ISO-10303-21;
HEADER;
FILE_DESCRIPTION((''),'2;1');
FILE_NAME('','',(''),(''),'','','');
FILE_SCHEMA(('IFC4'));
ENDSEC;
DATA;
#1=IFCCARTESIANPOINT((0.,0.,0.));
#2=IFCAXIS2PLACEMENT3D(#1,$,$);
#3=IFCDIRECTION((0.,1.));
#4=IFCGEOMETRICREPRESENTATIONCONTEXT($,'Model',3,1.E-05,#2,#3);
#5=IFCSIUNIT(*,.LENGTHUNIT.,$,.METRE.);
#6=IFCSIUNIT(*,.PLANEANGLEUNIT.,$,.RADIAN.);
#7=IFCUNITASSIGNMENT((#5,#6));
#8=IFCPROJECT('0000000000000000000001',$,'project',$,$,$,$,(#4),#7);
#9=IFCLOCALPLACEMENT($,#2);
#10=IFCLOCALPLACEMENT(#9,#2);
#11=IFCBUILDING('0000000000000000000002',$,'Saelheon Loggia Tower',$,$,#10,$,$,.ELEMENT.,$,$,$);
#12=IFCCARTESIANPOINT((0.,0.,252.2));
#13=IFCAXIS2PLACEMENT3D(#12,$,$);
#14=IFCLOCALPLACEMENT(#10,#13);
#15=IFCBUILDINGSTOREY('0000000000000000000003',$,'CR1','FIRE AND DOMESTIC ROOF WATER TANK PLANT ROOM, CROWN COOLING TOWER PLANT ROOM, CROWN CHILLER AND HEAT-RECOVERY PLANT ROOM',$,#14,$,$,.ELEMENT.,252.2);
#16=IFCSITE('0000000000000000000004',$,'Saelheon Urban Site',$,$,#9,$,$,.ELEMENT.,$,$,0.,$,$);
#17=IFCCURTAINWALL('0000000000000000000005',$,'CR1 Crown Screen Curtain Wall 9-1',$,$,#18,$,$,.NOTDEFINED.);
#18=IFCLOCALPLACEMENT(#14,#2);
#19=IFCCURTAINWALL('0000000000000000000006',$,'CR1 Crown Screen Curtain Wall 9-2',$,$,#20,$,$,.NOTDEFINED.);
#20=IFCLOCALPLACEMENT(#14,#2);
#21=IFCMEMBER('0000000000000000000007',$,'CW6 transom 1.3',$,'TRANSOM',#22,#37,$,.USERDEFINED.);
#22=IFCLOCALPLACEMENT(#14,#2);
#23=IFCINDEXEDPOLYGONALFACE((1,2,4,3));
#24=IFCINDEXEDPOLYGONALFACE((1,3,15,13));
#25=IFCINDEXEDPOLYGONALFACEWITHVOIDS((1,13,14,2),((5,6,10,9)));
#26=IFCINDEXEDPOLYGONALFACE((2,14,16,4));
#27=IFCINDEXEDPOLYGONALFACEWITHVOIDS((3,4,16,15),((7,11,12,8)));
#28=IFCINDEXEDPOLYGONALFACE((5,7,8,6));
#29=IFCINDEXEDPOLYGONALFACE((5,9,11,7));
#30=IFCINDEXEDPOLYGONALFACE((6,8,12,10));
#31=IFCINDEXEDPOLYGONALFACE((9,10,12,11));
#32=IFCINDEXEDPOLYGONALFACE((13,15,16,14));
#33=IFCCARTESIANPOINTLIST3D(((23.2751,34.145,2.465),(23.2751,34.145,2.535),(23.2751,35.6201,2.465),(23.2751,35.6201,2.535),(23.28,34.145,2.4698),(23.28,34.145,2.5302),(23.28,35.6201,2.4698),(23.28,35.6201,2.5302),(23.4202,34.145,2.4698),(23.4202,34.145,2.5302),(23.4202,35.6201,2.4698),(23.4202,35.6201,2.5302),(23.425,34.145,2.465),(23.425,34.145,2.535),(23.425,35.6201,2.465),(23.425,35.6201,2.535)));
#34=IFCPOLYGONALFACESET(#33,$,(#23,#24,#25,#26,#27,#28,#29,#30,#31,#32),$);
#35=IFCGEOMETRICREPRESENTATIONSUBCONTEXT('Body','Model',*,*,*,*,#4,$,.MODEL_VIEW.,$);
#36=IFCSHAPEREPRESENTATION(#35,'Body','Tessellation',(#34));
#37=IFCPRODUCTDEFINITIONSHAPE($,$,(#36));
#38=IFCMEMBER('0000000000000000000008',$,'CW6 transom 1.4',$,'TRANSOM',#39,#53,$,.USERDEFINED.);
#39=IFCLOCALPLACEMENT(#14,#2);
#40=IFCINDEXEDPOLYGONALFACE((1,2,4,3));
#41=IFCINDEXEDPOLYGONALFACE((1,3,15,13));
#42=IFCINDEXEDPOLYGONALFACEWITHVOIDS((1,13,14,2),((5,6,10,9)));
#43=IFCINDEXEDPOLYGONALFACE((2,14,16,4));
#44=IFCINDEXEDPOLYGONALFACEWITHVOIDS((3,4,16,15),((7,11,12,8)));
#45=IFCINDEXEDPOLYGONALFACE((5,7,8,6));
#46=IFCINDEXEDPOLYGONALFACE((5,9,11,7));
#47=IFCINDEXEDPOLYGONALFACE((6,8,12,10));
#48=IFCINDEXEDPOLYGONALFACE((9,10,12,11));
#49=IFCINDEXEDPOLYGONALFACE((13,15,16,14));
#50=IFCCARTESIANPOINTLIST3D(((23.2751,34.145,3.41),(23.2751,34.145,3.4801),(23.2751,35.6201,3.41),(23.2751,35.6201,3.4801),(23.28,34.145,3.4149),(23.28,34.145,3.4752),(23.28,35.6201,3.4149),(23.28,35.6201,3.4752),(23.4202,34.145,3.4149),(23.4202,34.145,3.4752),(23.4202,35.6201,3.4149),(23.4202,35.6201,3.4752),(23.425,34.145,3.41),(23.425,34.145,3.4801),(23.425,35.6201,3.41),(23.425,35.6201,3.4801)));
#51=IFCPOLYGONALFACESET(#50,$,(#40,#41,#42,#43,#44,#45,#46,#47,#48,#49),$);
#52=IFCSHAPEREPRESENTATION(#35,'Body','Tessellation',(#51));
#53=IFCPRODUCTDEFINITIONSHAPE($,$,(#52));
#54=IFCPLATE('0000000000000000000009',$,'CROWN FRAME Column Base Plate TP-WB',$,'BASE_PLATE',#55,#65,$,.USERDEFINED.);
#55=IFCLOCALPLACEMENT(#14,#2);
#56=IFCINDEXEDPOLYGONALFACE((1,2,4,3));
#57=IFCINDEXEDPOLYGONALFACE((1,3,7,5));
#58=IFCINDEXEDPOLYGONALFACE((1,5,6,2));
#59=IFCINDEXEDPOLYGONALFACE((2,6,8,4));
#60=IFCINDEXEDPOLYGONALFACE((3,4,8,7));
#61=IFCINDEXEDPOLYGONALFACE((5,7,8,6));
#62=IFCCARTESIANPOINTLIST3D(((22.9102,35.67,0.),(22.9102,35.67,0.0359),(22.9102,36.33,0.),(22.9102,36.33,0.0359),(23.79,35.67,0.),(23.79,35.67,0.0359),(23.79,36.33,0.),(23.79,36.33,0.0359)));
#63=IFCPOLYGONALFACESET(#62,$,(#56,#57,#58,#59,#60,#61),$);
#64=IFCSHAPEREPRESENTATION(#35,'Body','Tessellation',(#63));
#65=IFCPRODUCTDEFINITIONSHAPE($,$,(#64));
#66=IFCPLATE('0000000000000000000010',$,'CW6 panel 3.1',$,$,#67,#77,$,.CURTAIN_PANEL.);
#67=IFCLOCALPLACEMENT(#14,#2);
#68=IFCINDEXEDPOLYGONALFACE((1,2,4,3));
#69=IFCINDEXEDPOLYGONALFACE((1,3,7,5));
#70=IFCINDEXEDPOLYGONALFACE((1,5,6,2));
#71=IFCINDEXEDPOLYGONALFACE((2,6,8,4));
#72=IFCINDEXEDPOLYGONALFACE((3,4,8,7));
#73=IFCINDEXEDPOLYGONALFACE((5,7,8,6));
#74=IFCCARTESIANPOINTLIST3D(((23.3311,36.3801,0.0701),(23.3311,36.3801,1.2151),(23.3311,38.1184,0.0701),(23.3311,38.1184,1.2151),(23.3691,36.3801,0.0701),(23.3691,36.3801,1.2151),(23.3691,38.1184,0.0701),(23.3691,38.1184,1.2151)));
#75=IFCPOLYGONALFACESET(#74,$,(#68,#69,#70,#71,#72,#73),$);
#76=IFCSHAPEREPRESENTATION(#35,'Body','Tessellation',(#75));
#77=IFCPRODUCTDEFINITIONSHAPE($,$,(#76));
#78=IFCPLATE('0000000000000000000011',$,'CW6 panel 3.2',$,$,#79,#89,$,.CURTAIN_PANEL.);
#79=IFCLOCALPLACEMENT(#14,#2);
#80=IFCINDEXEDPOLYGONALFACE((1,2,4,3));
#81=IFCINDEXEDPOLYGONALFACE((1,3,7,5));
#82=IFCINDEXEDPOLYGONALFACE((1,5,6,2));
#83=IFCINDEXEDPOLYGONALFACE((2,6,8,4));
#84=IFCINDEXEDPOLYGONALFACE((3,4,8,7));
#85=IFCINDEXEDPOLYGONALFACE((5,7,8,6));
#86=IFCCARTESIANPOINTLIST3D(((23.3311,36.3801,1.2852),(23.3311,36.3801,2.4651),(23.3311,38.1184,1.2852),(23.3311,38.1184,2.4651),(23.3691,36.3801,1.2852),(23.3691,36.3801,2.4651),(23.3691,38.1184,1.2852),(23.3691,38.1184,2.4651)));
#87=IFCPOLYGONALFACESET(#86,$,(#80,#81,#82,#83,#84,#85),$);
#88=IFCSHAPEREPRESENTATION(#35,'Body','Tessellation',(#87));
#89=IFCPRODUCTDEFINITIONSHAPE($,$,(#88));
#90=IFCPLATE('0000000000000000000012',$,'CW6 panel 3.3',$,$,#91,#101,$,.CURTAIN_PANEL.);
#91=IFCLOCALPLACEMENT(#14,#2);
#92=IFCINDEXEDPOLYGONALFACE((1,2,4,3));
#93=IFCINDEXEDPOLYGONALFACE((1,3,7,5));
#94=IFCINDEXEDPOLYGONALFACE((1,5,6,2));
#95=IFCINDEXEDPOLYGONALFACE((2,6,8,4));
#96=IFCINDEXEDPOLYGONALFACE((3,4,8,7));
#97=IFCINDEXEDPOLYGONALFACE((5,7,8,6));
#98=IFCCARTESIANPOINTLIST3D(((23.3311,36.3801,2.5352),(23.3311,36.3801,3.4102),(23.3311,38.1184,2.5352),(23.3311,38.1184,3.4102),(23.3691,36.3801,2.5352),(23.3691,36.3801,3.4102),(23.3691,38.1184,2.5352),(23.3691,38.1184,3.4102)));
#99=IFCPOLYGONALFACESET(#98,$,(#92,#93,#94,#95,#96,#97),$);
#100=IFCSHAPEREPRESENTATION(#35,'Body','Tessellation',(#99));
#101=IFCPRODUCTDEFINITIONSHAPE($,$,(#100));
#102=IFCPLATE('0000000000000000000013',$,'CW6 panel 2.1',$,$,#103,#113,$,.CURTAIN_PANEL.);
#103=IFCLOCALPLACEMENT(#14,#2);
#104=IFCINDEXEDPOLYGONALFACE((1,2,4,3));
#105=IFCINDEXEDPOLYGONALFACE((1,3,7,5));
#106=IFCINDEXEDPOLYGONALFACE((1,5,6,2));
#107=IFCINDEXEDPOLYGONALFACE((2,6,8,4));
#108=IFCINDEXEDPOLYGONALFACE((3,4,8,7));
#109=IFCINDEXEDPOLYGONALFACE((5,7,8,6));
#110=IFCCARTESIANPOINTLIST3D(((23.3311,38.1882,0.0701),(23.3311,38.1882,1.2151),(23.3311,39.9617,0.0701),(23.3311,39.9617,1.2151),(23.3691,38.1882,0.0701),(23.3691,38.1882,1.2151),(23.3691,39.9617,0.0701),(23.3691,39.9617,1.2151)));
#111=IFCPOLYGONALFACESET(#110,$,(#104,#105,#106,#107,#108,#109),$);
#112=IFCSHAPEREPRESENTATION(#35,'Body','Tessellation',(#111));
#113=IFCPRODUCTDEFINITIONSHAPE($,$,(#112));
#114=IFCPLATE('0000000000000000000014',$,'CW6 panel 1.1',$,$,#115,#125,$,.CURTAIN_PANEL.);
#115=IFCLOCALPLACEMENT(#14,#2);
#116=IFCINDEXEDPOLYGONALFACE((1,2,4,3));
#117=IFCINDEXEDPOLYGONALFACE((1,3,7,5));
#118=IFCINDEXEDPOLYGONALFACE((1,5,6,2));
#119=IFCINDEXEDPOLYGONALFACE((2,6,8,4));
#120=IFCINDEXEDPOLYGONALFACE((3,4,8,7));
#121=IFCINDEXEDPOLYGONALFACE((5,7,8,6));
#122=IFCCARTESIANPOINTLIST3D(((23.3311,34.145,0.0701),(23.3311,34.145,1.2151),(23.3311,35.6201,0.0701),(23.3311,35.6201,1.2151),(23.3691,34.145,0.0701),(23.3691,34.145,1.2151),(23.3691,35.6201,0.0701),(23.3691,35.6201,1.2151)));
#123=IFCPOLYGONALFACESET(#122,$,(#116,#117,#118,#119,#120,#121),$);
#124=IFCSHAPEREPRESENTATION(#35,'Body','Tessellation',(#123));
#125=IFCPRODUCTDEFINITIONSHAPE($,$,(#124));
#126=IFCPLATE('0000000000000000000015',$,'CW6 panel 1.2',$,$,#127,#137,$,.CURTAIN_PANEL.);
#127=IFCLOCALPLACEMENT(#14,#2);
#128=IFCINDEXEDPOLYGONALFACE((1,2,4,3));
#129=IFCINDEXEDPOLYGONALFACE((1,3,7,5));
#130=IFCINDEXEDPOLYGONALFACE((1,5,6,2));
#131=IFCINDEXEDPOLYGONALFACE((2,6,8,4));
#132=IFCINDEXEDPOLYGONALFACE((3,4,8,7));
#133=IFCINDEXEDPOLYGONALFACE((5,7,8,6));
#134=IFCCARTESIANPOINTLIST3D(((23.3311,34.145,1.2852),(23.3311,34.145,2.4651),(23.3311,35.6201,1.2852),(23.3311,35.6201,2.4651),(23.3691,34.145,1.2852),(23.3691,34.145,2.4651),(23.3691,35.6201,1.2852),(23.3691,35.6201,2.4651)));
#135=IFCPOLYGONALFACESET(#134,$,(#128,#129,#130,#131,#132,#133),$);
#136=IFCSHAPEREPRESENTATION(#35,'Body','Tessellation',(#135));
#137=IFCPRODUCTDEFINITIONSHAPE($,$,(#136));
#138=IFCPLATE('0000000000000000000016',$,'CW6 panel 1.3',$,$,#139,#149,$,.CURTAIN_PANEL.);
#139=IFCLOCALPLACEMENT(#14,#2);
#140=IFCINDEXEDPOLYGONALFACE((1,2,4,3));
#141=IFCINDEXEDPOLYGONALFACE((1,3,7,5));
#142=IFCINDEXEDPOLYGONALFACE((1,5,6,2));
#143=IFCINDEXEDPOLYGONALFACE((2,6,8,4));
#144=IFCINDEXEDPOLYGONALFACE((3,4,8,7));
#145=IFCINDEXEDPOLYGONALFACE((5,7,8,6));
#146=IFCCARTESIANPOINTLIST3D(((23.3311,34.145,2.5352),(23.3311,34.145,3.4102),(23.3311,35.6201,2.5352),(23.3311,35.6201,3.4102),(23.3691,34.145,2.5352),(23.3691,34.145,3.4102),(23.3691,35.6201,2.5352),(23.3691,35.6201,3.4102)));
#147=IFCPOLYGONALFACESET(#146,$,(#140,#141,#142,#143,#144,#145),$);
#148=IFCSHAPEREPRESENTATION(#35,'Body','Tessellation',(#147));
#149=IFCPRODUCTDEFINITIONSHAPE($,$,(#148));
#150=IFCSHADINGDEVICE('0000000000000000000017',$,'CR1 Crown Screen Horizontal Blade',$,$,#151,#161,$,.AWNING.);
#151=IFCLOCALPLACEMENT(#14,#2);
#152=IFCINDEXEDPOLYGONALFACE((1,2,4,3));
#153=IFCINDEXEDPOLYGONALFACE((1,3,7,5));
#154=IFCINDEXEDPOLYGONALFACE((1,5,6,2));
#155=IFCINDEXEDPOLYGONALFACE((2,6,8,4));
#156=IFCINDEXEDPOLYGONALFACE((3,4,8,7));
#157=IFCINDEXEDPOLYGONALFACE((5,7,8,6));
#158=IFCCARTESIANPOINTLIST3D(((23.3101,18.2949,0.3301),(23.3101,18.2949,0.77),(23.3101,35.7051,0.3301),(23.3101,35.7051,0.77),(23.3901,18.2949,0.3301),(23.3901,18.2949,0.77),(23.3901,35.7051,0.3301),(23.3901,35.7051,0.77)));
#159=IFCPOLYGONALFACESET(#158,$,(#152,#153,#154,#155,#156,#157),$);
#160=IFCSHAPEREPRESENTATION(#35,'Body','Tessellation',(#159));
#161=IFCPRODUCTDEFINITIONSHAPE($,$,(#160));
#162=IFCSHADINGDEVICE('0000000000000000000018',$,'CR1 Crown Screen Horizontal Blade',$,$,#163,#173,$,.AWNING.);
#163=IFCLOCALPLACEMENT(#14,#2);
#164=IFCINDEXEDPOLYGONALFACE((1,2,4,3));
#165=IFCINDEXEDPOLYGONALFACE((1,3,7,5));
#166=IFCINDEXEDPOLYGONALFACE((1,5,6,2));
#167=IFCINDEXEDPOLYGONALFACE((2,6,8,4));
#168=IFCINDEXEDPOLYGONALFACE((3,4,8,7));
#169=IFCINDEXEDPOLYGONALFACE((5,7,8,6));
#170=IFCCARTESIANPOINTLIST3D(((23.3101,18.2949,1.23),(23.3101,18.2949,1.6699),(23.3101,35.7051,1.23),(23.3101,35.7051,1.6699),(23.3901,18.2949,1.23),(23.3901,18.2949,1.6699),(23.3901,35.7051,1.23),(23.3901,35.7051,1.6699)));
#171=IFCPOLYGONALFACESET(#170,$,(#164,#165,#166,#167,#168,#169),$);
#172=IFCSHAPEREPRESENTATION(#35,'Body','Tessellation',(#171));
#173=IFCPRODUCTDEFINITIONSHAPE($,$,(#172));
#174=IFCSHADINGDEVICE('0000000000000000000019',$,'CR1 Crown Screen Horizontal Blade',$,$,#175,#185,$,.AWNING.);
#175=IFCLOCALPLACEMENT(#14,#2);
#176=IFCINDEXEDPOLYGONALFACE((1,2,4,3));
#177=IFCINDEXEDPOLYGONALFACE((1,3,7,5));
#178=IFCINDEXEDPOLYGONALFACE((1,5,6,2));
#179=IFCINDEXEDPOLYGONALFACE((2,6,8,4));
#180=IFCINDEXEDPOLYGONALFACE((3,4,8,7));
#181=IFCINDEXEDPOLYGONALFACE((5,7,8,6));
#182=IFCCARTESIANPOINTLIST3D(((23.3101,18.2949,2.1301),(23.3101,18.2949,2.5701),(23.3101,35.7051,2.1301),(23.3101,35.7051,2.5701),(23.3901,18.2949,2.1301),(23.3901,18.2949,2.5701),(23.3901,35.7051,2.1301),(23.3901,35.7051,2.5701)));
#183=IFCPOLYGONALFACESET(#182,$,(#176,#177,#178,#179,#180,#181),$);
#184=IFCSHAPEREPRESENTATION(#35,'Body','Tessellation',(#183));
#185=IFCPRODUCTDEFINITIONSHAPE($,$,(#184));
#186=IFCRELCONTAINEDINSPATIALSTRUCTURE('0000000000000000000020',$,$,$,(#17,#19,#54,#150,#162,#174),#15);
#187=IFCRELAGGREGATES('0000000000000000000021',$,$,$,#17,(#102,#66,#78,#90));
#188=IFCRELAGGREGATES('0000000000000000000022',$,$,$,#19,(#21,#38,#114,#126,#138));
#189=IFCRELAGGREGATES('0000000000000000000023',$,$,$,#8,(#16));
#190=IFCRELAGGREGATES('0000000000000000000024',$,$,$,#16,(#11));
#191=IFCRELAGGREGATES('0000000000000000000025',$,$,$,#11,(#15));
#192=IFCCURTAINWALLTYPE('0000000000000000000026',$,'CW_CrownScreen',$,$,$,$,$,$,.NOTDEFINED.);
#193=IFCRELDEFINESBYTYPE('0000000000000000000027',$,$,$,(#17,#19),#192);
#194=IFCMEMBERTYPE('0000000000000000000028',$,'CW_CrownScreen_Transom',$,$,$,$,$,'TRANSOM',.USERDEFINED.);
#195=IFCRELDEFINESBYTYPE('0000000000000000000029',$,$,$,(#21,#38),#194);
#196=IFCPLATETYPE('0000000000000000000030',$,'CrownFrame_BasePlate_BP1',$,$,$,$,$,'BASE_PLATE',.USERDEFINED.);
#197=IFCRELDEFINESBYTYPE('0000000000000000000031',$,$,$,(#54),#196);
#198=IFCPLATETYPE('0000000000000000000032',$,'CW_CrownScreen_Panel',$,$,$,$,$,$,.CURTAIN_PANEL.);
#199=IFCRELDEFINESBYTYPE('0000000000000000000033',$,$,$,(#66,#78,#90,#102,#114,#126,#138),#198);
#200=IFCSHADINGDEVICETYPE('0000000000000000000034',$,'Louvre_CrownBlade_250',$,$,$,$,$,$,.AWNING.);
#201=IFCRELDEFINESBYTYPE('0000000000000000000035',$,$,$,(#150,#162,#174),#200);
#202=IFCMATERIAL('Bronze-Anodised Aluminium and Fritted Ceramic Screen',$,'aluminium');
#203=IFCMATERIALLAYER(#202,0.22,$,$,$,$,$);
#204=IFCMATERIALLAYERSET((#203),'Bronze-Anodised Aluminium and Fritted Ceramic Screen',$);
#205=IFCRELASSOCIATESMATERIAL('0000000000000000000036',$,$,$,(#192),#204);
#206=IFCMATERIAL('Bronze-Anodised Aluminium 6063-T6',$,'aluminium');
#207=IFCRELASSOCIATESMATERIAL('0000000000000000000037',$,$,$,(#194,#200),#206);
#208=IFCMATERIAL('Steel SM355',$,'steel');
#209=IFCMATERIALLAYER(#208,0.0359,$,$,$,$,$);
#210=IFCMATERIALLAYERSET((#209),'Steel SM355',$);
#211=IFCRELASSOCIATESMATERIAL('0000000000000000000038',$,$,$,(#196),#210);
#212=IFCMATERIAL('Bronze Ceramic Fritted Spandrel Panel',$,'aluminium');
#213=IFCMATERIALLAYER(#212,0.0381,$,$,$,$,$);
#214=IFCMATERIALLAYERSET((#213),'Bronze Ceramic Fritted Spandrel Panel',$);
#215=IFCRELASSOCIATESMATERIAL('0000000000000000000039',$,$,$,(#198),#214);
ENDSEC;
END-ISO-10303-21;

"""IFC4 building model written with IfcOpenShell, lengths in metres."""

from ifc_helpers import new_model, si_unit, direction, frame, origin, origin_2d, place, context, subcontext, project, spatial, rectangle, hollow_rectangle, extrude, source, transform, mapped, material, layer, layer_set, material_profile, profile_set, type_object, element, aggregate, save


model = new_model("IFC4")

# Units and contexts
model_context = context("Model", 3, precision=1e-05, world=origin(), true_north=direction((0.0, 1.0)))
body_context = subcontext(model_context, "Body", "Model", "MODEL_VIEW")
ifc_project = project(units=[si_unit("LENGTHUNIT", "METRE"), si_unit("PLANEANGLEUNIT", "RADIAN")], contexts=[model_context])

# Site, building, storey
site_placement = place(None, origin())
site = spatial("IfcSite", under=ifc_project, at=site_placement, Name="Saelheon Urban Site", CompositionType="ELEMENT", RefElevation=0.0)
building_placement = place(site_placement, origin())
building = spatial("IfcBuilding", under=site, at=building_placement, Name="Saelheon Loggia Tower", CompositionType="ELEMENT")
storey_placement = place(building_placement, frame((0.0, 0.0, 252.2)))
storey = spatial("IfcBuildingStorey", under=building, at=storey_placement, Name="CR1", Description="FIRE AND DOMESTIC ROOF WATER TANK PLANT ROOM, CROWN COOLING TOWER PLANT ROOM, CROWN CHILLER AND HEAT-RECOVERY PLANT ROOM", CompositionType="ELEMENT", Elevation=252.2)

# Curtain walls
ifc_material_1 = material(Name="Bronze-Anodised Aluminium and Fritted Ceramic Screen", Category="aluminium")
ifc_layer_1 = layer(ifc_material_1, 0.22)
ifc_layer_set_1 = layer_set([ifc_layer_1], Name="Bronze-Anodised Aluminium and Fritted Ceramic Screen")
curtain_wall_type = type_object("IfcCurtainWallType", Name="CW_CrownScreen", PredefinedType="NOTDEFINED", material=ifc_layer_set_1)
curtain_wall_1_placement = place(storey_placement, origin())
curtain_wall_1 = element("IfcCurtainWall", 1, at=curtain_wall_1_placement, inside=storey, type_object=curtain_wall_type, Name="CR1 Crown Screen Curtain Wall 9-1", PredefinedType="NOTDEFINED")
ifc_material_2 = material(Name="Bronze-Anodised Aluminium 6063-T6", Category="aluminium")
curtain_wall_2_placement = place(storey_placement, origin())
curtain_wall_2 = element("IfcCurtainWall", 2, at=curtain_wall_2_placement, inside=storey, type_object=curtain_wall_type, Name="CR1 Crown Screen Curtain Wall 9-2", PredefinedType="NOTDEFINED")

# Members
ifc_material_profile_1 = material_profile(ifc_material_2, hollow_rectangle(XDim=0.0701, YDim=0.1499, WallThickness=0.0049, at=origin_2d()), Name="RHS-150x70x5")
ifc_profile_set_1 = profile_set([ifc_material_profile_1], Name="Bronze-Anodised Aluminium 6063-T6")
member_type_1 = type_object("IfcMemberType", Name="CW_CrownScreen_Transom", ElementType="TRANSOM", PredefinedType="USERDEFINED", material=ifc_profile_set_1)
shared_shape_1 = source(origin(), body_context, "Body", "SweptSolid", [
    extrude(hollow_rectangle(XDim=0.0701, YDim=0.1499, WallThickness=0.0049, at=origin_2d()), origin(), (0.0, 0.0, 1.0), 1.4751),
])
member_1_placement = place(storey_placement, frame((23.3501, 35.6201, 2.5), z_axis=(0.0, -1.0, 0.0), x_axis=(0.0, 0.0, 1.0)))
member_1 = element("IfcMember", 3, at=member_1_placement, type_object=member_type_1, Name="CW6 transom 1.3", ObjectType="TRANSOM", PredefinedType="USERDEFINED", context=body_context, shape_type="MappedRepresentation", body=[
    mapped(shared_shape_1, transform((0.0, 0.0, 0.0), scale=1.0)),
])
member_2_placement = place(storey_placement, frame((23.3501, 35.6201, 3.4451), z_axis=(0.0, -1.0, 0.0), x_axis=(0.0, 0.0, 1.0)))
member_2 = element("IfcMember", 4, at=member_2_placement, type_object=member_type_1, Name="CW6 transom 1.4", ObjectType="TRANSOM", PredefinedType="USERDEFINED", context=body_context, shape_type="MappedRepresentation", body=[
    mapped(shared_shape_1, transform((0.0, 0.0, 0.0), scale=1.0)),
])

# Plates
ifc_material_3 = material(Name="Steel SM355", Category="steel")
ifc_layer_2 = layer(ifc_material_3, 0.0359)
ifc_layer_set_2 = layer_set([ifc_layer_2], Name="Steel SM355")
plate_type_1 = type_object("IfcPlateType", Name="CrownFrame_BasePlate_BP1", ElementType="BASE_PLATE", PredefinedType="USERDEFINED", material=ifc_layer_set_2)
shared_shape_2 = source(origin(), body_context, "Body", "SweptSolid", [
    extrude(rectangle(XDim=0.8799, YDim=0.6599, at=origin_2d()), origin(), (0.0, 0.0, 1.0), 0.0359),
])
plate_1_placement = place(storey_placement, frame((23.3501, 36.0, 0.0), z_axis=(0.0, 0.0, 1.0), x_axis=(1.0, 0.0, 0.0)))
element("IfcPlate", 5, at=plate_1_placement, inside=storey, type_object=plate_type_1, Name="CROWN FRAME Column Base Plate TP-WB", ObjectType="BASE_PLATE", PredefinedType="USERDEFINED", context=body_context, shape_type="MappedRepresentation", body=[
    mapped(shared_shape_2, transform((0.0, 0.0, 0.0), scale=1.0)),
])
ifc_material_4 = material(Name="Bronze Ceramic Fritted Spandrel Panel", Category="aluminium")
ifc_layer_3 = layer(ifc_material_4, 0.0381)
ifc_layer_set_3 = layer_set([ifc_layer_3], Name="Bronze Ceramic Fritted Spandrel Panel")
plate_type_2 = type_object("IfcPlateType", Name="CW_CrownScreen_Panel", PredefinedType="CURTAIN_PANEL", material=ifc_layer_set_3)
shared_shape_3 = source(origin(), body_context, "Body", "SweptSolid", [
    extrude(rectangle(XDim=1.7383, YDim=0.0381, at=origin_2d()), origin(), (0.0, 0.0, 1.0), 1.145),
])
plate_2_placement = place(storey_placement, frame((23.3501, 37.2493, 0.0701), z_axis=(0.0, 0.0, 1.0), x_axis=(0.0, -1.0, 0.0)))
plate_2 = element("IfcPlate", 6, at=plate_2_placement, type_object=plate_type_2, Name="CW6 panel 3.1", PredefinedType="CURTAIN_PANEL", context=body_context, shape_type="MappedRepresentation", body=[
    mapped(shared_shape_3, transform((0.0, 0.0, 0.0), scale=1.0)),
])
shared_shape_4 = source(origin(), body_context, "Body", "SweptSolid", [
    extrude(rectangle(XDim=1.7383, YDim=0.0381, at=origin_2d()), origin(), (0.0, 0.0, 1.0), 1.1799),
])
plate_3_placement = place(storey_placement, frame((23.3501, 37.2493, 1.2852), z_axis=(0.0, 0.0, 1.0), x_axis=(0.0, -1.0, 0.0)))
plate_3 = element("IfcPlate", 7, at=plate_3_placement, type_object=plate_type_2, Name="CW6 panel 3.2", PredefinedType="CURTAIN_PANEL", context=body_context, shape_type="MappedRepresentation", body=[
    mapped(shared_shape_4, transform((0.0, 0.0, 0.0), scale=1.0)),
])
shared_shape_5 = source(origin(), body_context, "Body", "SweptSolid", [
    extrude(rectangle(XDim=1.7383, YDim=0.0381, at=origin_2d()), origin(), (0.0, 0.0, 1.0), 0.875),
])
plate_4_placement = place(storey_placement, frame((23.3501, 37.2493, 2.5352), z_axis=(0.0, 0.0, 1.0), x_axis=(0.0, -1.0, 0.0)))
plate_4 = element("IfcPlate", 8, at=plate_4_placement, type_object=plate_type_2, Name="CW6 panel 3.3", PredefinedType="CURTAIN_PANEL", context=body_context, shape_type="MappedRepresentation", body=[
    mapped(shared_shape_5, transform((0.0, 0.0, 0.0), scale=1.0)),
])
shared_shape_6 = source(origin(), body_context, "Body", "SweptSolid", [
    extrude(rectangle(XDim=1.7734, YDim=0.0381, at=origin_2d()), origin(), (0.0, 0.0, 1.0), 1.145),
])
plate_5_placement = place(storey_placement, frame((23.3501, 39.075, 0.0701), z_axis=(0.0, 0.0, 1.0), x_axis=(0.0, -1.0, 0.0)))
plate_5 = element("IfcPlate", 9, at=plate_5_placement, type_object=plate_type_2, Name="CW6 panel 2.1", PredefinedType="CURTAIN_PANEL", context=body_context, shape_type="MappedRepresentation", body=[
    mapped(shared_shape_6, transform((0.0, 0.0, 0.0), scale=1.0)),
])
aggregate(curtain_wall_1, [plate_5, plate_2, plate_3, plate_4])
shared_shape_7 = source(origin(), body_context, "Body", "SweptSolid", [
    extrude(rectangle(XDim=1.4751, YDim=0.0381, at=origin_2d()), origin(), (0.0, 0.0, 1.0), 1.145),
])
plate_6_placement = place(storey_placement, frame((23.3501, 34.8826, 0.0701), z_axis=(0.0, 0.0, 1.0), x_axis=(0.0, -1.0, 0.0)))
plate_6 = element("IfcPlate", 10, at=plate_6_placement, type_object=plate_type_2, Name="CW6 panel 1.1", PredefinedType="CURTAIN_PANEL", context=body_context, shape_type="MappedRepresentation", body=[
    mapped(shared_shape_7, transform((0.0, 0.0, 0.0), scale=1.0)),
])
shared_shape_8 = source(origin(), body_context, "Body", "SweptSolid", [
    extrude(rectangle(XDim=1.4751, YDim=0.0381, at=origin_2d()), origin(), (0.0, 0.0, 1.0), 1.1799),
])
plate_7_placement = place(storey_placement, frame((23.3501, 34.8826, 1.2852), z_axis=(0.0, 0.0, 1.0), x_axis=(0.0, -1.0, 0.0)))
plate_7 = element("IfcPlate", 11, at=plate_7_placement, type_object=plate_type_2, Name="CW6 panel 1.2", PredefinedType="CURTAIN_PANEL", context=body_context, shape_type="MappedRepresentation", body=[
    mapped(shared_shape_8, transform((0.0, 0.0, 0.0), scale=1.0)),
])
shared_shape_9 = source(origin(), body_context, "Body", "SweptSolid", [
    extrude(rectangle(XDim=1.4751, YDim=0.0381, at=origin_2d()), origin(), (0.0, 0.0, 1.0), 0.875),
])
plate_8_placement = place(storey_placement, frame((23.3501, 34.8826, 2.5352), z_axis=(0.0, 0.0, 1.0), x_axis=(0.0, -1.0, 0.0)))
plate_8 = element("IfcPlate", 12, at=plate_8_placement, type_object=plate_type_2, Name="CW6 panel 1.3", PredefinedType="CURTAIN_PANEL", context=body_context, shape_type="MappedRepresentation", body=[
    mapped(shared_shape_9, transform((0.0, 0.0, 0.0), scale=1.0)),
])
aggregate(curtain_wall_2, [member_1, member_2, plate_6, plate_7, plate_8])

# Shading devices
ifc_material_profile_2 = material_profile(ifc_material_2, rectangle(XDim=0.0801, YDim=0.4399, at=origin_2d()), Name="Louvre_CrownBlade_250")
ifc_profile_set_2 = profile_set([ifc_material_profile_2], Name="Bronze-Anodised Aluminium 6063-T6")
shading_device_type = type_object("IfcShadingDeviceType", Name="Louvre_CrownBlade_250", PredefinedType="AWNING", material=ifc_profile_set_2)
shared_shape_10 = source(origin(), body_context, "Body", "SweptSolid", [
    extrude(rectangle(XDim=0.0801, YDim=0.4399, at=origin_2d()), origin(), (0.0, 0.0, 1.0), 17.4102),
])
for number, where, z_axis, x_axis, name in (
    (13, (23.3501, 35.7051, 0.55), (0.0, -1.0, 0.0), (1.0, 0.0, 0.0), "CR1 Crown Screen Horizontal Blade"),
    (14, (23.3501, 35.7051, 1.45), (0.0, -1.0, 0.0), (1.0, 0.0, 0.0), "CR1 Crown Screen Horizontal Blade"),
    (15, (23.3501, 35.7051, 2.3501), (0.0, -1.0, 0.0), (1.0, 0.0, 0.0), "CR1 Crown Screen Horizontal Blade"),
):
    element("IfcShadingDevice", number, at=place(storey_placement, frame(where, z_axis=z_axis, x_axis=x_axis)), inside=storey, type_object=shading_device_type, Name=name, PredefinedType="AWNING", context=body_context, shape_type="MappedRepresentation", body=[
        mapped(shared_shape_10, transform((0.0, 0.0, 0.0), scale=1.0)),
    ])

save(model, "model.ifc")
